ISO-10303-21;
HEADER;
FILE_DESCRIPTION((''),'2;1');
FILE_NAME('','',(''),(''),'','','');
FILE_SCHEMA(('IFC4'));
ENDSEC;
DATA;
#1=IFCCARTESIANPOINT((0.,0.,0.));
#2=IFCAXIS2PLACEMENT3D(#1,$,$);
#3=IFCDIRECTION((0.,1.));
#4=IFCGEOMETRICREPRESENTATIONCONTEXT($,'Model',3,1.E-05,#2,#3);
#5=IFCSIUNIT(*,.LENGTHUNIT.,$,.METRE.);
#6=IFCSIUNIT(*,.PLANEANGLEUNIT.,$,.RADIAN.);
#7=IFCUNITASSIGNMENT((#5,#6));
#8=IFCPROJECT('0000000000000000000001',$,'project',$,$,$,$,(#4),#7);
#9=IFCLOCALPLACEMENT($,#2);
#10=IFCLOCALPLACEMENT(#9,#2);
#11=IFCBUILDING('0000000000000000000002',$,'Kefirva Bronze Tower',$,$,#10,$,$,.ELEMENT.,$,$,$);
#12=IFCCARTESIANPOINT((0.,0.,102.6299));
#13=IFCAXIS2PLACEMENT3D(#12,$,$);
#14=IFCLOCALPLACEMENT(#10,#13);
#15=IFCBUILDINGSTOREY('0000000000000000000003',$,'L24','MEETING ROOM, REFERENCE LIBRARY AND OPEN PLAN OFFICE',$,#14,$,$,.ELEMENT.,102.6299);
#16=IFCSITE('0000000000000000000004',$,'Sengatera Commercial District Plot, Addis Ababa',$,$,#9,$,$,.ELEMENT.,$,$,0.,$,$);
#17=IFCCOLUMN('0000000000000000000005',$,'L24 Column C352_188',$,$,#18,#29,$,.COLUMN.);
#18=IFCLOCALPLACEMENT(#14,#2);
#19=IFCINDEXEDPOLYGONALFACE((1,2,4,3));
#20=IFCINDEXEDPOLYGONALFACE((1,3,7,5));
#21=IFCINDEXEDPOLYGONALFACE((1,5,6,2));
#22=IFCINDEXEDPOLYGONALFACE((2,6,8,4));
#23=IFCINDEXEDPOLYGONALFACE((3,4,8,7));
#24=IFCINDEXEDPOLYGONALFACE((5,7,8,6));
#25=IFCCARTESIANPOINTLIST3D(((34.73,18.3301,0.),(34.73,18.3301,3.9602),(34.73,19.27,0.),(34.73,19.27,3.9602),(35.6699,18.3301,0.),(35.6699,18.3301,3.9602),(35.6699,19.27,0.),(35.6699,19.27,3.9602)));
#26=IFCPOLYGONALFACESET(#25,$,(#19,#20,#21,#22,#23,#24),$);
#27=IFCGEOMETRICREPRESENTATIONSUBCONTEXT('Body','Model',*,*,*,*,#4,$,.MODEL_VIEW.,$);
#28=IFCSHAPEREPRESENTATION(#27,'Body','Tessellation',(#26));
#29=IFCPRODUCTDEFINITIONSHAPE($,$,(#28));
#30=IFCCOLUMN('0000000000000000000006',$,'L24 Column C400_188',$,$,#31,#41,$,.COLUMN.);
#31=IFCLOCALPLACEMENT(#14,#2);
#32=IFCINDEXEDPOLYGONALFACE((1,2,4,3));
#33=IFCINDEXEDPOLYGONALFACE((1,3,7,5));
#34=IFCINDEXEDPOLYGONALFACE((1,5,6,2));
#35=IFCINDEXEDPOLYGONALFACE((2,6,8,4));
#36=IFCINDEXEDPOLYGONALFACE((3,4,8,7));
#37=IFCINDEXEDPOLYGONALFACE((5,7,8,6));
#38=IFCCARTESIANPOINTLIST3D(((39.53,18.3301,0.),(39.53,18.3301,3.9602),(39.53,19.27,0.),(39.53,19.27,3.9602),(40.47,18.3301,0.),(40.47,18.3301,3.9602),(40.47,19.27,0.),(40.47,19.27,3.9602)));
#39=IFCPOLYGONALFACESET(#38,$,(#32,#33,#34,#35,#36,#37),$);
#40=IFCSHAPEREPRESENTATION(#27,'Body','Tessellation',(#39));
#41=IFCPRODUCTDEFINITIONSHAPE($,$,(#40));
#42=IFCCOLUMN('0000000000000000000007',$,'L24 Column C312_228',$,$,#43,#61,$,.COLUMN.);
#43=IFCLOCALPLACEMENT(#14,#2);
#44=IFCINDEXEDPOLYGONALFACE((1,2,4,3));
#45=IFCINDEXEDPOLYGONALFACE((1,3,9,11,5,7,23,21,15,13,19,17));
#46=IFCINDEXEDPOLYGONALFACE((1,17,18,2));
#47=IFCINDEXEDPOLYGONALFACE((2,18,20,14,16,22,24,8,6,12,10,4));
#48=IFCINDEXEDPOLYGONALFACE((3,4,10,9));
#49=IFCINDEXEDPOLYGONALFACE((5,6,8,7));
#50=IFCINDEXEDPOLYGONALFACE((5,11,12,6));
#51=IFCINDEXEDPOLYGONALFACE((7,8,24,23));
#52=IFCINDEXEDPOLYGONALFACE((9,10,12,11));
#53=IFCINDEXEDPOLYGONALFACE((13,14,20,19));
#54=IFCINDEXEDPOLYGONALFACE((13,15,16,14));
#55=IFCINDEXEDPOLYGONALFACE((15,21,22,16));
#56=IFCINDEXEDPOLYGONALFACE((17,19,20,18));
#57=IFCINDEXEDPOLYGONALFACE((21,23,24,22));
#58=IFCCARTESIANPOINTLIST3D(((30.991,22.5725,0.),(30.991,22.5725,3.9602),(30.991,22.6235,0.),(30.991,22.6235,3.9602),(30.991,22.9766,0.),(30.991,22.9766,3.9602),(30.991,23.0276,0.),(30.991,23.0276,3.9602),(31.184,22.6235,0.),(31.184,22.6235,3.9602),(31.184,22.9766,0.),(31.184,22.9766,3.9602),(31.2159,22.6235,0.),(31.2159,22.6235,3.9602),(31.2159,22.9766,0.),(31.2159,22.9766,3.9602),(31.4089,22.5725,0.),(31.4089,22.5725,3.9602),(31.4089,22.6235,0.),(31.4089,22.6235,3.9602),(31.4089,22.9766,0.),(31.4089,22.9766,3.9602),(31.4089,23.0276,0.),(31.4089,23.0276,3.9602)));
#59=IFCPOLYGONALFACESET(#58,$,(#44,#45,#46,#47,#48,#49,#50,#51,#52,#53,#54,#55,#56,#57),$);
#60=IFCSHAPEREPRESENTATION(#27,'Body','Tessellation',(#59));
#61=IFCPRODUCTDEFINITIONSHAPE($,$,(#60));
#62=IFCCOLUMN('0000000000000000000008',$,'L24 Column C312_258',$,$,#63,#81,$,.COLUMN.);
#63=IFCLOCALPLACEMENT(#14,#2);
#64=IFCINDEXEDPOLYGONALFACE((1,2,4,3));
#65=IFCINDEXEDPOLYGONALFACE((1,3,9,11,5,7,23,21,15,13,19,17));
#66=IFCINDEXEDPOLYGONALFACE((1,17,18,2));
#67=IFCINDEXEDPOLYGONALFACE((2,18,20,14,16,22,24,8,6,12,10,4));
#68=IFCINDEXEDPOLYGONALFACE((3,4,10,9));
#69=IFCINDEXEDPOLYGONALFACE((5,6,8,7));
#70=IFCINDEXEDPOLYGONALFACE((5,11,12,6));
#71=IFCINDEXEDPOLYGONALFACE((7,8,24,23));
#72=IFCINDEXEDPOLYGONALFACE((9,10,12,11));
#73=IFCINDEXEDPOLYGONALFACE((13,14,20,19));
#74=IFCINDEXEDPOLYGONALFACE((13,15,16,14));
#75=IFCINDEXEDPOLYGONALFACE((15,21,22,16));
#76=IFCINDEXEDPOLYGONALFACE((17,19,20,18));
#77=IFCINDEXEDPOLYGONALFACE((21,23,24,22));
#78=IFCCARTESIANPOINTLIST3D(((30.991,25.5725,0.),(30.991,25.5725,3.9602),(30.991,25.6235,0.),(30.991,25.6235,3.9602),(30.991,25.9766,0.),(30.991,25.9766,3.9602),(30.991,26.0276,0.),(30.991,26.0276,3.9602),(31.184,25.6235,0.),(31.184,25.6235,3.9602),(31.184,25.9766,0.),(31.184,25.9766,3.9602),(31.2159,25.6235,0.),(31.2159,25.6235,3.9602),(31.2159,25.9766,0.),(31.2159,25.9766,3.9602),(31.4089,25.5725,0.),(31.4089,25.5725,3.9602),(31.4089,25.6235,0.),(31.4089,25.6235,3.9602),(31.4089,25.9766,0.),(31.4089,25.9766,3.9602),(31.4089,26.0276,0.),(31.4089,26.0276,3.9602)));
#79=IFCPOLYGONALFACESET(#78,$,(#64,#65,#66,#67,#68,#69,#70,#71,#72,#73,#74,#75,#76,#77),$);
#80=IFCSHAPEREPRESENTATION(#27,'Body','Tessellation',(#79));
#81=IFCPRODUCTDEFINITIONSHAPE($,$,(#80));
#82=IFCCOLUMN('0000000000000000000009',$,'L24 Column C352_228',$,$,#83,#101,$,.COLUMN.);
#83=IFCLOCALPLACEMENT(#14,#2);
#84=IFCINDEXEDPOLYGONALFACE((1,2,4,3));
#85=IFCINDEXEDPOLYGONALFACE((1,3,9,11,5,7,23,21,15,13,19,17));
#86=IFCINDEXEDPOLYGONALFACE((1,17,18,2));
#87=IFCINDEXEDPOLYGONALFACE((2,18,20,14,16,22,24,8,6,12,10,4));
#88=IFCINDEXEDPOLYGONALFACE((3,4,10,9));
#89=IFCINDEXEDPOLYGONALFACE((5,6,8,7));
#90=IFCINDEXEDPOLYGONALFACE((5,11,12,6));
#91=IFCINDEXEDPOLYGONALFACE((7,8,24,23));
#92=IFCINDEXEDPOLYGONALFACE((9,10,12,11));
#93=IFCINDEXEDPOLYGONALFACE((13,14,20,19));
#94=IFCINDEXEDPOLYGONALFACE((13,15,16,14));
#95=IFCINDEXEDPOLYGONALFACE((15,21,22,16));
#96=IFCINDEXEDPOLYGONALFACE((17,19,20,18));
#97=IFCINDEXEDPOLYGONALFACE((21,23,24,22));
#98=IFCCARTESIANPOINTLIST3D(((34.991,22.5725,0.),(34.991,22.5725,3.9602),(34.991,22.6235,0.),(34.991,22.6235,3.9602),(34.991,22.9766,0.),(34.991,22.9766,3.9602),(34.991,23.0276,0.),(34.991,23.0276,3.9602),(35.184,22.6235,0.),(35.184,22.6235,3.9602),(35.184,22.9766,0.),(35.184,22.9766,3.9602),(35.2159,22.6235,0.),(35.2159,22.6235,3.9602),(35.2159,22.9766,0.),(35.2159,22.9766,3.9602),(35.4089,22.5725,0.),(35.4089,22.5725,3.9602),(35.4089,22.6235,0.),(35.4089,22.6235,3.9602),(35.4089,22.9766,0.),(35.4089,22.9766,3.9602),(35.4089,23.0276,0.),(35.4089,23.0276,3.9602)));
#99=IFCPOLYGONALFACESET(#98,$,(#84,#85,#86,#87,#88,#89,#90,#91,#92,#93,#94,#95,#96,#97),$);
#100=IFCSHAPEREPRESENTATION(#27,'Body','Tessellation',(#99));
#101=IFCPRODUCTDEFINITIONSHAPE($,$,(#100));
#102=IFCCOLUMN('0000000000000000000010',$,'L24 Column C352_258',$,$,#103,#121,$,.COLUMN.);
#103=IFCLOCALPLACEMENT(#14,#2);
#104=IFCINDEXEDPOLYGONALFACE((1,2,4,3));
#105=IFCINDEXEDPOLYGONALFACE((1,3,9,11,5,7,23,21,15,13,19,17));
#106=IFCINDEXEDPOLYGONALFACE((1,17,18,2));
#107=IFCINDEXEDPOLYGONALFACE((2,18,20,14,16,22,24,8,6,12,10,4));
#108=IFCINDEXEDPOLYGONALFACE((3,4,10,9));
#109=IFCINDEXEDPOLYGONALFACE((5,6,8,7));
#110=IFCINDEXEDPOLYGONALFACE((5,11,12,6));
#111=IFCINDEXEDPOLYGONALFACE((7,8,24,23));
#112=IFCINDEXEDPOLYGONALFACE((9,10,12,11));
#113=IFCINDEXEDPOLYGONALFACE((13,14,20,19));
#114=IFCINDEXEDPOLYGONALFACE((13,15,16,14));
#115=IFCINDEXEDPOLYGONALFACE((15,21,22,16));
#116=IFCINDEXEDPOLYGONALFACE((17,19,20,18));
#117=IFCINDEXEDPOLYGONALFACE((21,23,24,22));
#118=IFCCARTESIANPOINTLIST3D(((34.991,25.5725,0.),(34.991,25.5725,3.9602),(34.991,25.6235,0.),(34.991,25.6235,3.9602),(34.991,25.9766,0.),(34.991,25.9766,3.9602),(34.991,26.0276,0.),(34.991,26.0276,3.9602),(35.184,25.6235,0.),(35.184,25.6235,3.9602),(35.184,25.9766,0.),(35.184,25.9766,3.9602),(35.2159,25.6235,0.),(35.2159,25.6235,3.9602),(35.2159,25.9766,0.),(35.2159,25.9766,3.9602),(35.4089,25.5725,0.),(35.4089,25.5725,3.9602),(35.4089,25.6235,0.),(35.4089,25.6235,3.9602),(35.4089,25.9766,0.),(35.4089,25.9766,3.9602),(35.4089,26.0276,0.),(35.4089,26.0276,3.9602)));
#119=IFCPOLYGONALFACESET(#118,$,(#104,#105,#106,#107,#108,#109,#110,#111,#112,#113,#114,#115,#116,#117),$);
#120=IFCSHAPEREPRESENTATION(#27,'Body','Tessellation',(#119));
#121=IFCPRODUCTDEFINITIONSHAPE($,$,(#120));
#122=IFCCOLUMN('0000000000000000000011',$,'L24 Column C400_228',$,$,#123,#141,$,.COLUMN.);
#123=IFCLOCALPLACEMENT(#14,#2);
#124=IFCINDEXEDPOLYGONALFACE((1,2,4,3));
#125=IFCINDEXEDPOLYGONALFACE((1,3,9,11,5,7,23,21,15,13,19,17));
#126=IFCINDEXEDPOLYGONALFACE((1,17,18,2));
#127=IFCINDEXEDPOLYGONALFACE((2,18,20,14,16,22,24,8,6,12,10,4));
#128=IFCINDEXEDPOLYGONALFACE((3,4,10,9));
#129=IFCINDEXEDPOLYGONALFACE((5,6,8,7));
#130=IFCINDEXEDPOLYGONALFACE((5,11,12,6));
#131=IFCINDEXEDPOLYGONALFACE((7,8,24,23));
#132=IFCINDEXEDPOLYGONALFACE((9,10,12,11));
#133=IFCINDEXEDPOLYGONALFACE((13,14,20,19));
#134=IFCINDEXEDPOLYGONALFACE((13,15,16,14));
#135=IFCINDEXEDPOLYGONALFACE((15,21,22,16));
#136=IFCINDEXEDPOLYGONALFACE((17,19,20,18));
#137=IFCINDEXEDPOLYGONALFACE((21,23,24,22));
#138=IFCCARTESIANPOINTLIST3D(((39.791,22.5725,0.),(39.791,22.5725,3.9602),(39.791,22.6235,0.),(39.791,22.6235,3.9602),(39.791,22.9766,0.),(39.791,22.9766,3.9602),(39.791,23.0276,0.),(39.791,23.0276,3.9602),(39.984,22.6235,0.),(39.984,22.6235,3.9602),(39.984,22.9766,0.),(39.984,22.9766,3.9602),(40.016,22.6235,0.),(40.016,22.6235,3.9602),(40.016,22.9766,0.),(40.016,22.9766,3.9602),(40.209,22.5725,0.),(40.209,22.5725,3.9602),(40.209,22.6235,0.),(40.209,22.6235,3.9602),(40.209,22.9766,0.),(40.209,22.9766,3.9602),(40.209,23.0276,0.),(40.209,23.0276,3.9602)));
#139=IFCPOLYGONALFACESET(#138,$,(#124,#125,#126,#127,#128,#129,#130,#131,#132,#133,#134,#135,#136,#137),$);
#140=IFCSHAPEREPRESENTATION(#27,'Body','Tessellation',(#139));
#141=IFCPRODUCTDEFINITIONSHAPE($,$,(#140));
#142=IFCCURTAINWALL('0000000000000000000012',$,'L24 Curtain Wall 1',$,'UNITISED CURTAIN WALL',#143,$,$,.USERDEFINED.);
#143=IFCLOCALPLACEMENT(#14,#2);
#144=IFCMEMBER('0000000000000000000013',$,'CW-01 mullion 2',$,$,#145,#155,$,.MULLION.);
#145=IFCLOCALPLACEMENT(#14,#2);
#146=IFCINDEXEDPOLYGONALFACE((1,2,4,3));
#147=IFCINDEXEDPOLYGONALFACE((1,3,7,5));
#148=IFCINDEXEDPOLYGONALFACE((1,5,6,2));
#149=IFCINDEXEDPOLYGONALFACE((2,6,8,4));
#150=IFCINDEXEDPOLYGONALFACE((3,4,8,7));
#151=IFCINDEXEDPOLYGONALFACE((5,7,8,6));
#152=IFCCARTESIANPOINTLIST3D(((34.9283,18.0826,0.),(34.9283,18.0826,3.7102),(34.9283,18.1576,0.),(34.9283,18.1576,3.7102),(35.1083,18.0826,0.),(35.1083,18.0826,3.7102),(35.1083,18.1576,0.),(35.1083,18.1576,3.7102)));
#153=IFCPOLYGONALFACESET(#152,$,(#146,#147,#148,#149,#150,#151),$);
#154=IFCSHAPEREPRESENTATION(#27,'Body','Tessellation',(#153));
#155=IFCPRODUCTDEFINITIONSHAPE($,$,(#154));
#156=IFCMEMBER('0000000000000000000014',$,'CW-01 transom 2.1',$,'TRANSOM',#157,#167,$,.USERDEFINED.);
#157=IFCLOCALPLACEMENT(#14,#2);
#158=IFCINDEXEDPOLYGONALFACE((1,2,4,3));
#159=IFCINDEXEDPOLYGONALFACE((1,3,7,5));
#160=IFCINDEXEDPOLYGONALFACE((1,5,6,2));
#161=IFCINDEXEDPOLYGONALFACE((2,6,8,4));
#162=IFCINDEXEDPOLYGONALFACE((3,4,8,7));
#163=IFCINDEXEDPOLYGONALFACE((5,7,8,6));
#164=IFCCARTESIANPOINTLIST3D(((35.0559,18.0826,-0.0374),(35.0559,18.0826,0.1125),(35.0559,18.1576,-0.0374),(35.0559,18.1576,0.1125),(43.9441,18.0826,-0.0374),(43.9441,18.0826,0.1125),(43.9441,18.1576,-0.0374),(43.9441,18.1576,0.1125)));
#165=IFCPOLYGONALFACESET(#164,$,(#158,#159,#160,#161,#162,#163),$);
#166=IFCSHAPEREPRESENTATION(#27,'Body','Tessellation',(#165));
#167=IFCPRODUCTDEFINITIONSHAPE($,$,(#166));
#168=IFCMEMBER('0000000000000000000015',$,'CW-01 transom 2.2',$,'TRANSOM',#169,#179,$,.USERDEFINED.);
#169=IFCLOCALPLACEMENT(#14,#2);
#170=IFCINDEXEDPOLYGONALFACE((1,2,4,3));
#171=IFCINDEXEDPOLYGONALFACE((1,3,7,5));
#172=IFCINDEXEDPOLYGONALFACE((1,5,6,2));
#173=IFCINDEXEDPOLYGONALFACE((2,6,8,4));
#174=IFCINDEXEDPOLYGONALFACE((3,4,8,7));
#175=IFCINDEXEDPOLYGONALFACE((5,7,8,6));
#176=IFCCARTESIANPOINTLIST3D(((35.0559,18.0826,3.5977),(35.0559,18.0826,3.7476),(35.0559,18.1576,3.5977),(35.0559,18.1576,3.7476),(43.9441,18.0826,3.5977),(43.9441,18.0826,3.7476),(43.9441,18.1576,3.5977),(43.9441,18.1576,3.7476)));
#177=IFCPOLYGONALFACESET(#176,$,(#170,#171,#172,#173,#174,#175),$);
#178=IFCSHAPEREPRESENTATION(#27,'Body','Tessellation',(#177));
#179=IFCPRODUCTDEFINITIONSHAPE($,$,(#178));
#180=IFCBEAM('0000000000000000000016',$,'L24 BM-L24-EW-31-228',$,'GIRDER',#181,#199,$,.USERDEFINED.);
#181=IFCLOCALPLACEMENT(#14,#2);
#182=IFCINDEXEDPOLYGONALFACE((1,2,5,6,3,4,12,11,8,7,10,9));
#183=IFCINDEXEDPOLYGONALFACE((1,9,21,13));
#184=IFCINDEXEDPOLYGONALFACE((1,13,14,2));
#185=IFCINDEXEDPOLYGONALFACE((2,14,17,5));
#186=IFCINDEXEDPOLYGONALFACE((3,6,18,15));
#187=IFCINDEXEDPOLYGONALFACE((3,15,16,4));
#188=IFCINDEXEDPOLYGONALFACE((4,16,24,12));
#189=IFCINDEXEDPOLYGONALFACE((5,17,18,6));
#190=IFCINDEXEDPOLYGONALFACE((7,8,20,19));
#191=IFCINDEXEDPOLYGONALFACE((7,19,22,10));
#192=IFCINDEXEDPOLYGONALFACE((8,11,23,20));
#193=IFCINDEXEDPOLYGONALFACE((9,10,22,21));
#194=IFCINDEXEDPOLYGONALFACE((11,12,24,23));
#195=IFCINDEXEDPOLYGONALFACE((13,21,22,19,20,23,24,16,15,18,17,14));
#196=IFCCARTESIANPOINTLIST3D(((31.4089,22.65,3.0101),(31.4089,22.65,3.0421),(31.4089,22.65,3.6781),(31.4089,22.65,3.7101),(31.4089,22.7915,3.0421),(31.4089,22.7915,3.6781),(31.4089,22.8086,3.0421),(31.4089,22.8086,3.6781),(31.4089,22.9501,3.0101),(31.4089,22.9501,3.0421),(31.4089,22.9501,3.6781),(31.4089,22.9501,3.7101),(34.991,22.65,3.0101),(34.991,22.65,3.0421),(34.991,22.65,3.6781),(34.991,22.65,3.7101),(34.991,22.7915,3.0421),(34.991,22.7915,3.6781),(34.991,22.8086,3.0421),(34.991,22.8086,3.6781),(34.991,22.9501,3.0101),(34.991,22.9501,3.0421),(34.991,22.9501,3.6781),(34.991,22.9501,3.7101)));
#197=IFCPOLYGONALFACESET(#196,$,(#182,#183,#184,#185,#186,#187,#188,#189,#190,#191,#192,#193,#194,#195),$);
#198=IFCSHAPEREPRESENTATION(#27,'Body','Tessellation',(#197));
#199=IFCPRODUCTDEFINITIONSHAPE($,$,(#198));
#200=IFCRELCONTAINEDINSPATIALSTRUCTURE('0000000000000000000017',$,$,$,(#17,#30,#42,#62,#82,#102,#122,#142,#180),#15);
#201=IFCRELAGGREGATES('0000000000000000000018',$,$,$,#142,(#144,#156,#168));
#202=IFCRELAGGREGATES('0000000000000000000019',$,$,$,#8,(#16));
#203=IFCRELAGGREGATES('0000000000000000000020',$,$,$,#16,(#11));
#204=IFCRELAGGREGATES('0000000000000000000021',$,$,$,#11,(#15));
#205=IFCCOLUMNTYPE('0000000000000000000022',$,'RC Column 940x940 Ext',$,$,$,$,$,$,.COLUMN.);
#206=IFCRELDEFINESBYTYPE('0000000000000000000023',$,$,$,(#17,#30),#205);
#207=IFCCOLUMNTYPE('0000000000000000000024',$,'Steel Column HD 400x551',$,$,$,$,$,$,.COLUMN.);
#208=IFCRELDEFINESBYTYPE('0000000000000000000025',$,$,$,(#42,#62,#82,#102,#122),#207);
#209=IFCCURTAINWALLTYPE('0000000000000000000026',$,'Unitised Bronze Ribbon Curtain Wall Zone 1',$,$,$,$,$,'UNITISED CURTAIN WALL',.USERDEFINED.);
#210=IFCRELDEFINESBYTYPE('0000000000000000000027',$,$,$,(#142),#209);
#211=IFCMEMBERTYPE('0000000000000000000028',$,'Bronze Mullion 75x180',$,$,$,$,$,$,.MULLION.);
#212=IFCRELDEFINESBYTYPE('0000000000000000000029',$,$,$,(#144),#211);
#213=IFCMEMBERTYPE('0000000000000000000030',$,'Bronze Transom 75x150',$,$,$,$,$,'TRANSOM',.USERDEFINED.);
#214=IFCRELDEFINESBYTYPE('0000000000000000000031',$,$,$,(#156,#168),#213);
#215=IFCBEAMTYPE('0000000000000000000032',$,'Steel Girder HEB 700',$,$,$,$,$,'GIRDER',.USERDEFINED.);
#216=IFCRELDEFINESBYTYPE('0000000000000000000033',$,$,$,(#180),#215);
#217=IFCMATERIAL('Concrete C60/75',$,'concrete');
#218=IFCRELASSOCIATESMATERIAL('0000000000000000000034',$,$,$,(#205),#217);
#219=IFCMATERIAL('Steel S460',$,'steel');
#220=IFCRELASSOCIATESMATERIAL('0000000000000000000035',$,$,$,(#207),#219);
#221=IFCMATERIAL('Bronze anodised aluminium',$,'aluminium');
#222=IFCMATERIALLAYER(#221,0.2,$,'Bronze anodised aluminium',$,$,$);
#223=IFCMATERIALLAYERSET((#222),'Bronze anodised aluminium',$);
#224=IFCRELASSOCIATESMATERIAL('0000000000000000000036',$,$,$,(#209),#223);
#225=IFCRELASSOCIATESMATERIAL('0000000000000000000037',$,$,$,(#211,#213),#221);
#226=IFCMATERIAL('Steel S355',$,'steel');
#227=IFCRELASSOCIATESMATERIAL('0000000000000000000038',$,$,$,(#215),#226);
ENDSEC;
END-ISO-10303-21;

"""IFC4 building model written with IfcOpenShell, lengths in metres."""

from ifc_helpers import new_model, si_unit, direction, frame, origin, origin_2d, place, context, subcontext, project, spatial, rectangle, i_section, extrude, material, layer, layer_set, material_profile, profile_set, type_object, element, aggregate, save


model = new_model("IFC4")

# Units and contexts
model_context = context("Model", 3, precision=1e-05, world=origin(), true_north=direction((0.0, 1.0)))
body_context = subcontext(model_context, "Body", "Model", "MODEL_VIEW")
ifc_project = project(units=[si_unit("LENGTHUNIT", "METRE"), si_unit("PLANEANGLEUNIT", "RADIAN")], contexts=[model_context])

# Site, building, storey
site_placement = place(None, origin())
site = spatial("IfcSite", under=ifc_project, at=site_placement, Name="Sengatera Commercial District Plot, Addis Ababa", CompositionType="ELEMENT", RefElevation=0.0)
building_placement = place(site_placement, origin())
building = spatial("IfcBuilding", under=site, at=building_placement, Name="Kefirva Bronze Tower", CompositionType="ELEMENT")
storey_placement = place(building_placement, frame((0.0, 0.0, 102.6299)))
storey = spatial("IfcBuildingStorey", under=building, at=storey_placement, Name="L24", Description="MEETING ROOM, REFERENCE LIBRARY AND OPEN PLAN OFFICE", CompositionType="ELEMENT", Elevation=102.6299)

# Columns
ifc_material_1 = material(Name="Concrete C60/75", Category="concrete")
ifc_material_profile_1 = material_profile(ifc_material_1, rectangle(XDim=0.9399, YDim=0.9399, at=origin_2d()), Name="RC 940x940")
ifc_profile_set_1 = profile_set([ifc_material_profile_1], Name="Concrete C60/75")
column_type_1 = type_object("IfcColumnType", Name="RC Column 940x940 Ext", PredefinedType="COLUMN", material=ifc_profile_set_1)
for number, where, z_axis, x_axis, name in (
    (1, (35.2, 18.8, 0.0), (0.0, 0.0, 1.0), (1.0, 0.0, 0.0), "L24 Column C352_188"),
    (2, (40.0, 18.8, 0.0), (0.0, 0.0, 1.0), (1.0, 0.0, 0.0), "L24 Column C400_188"),
):
    element("IfcColumn", number, at=place(storey_placement, frame(where, z_axis=z_axis, x_axis=x_axis)), inside=storey, type_object=column_type_1, Name=name, PredefinedType="COLUMN", context=body_context, shape_type="SweptSolid", body=[
        extrude(rectangle(XDim=0.9399, YDim=0.9399, at=origin_2d()), origin(), (0.0, 0.0, 1.0), 3.9602),
    ])
ifc_material_2 = material(Name="Steel S460", Category="steel")
ifc_material_profile_2 = material_profile(ifc_material_2, i_section(OverallWidth=0.418, OverallDepth=0.4551, WebThickness=0.032, FlangeThickness=0.051, at=origin_2d()), Name="HD 400x551")
ifc_profile_set_2 = profile_set([ifc_material_profile_2], Name="Steel S460")
column_type_2 = type_object("IfcColumnType", Name="Steel Column HD 400x551", PredefinedType="COLUMN", material=ifc_profile_set_2)
for number, where, z_axis, x_axis, name in (
    (3, (31.2, 22.8, 0.0), (0.0, 0.0, 1.0), (1.0, 0.0, 0.0), "L24 Column C312_228"),
    (4, (31.2, 25.8, 0.0), (0.0, 0.0, 1.0), (1.0, 0.0, 0.0), "L24 Column C312_258"),
    (5, (35.2, 22.8, 0.0), (0.0, 0.0, 1.0), (1.0, 0.0, 0.0), "L24 Column C352_228"),
    (6, (35.2, 25.8, 0.0), (0.0, 0.0, 1.0), (1.0, 0.0, 0.0), "L24 Column C352_258"),
    (7, (40.0, 22.8, 0.0), (0.0, 0.0, 1.0), (1.0, 0.0, 0.0), "L24 Column C400_228"),
):
    element("IfcColumn", number, at=place(storey_placement, frame(where, z_axis=z_axis, x_axis=x_axis)), inside=storey, type_object=column_type_2, Name=name, PredefinedType="COLUMN", context=body_context, shape_type="SweptSolid", body=[
        extrude(i_section(OverallWidth=0.418, OverallDepth=0.4551, WebThickness=0.032, FlangeThickness=0.051, at=origin_2d()), origin(), (0.0, 0.0, 1.0), 3.9602),
    ])

# Curtain wall, members
ifc_material_3 = material(Name="Bronze anodised aluminium", Category="aluminium")
ifc_layer_1 = layer(ifc_material_3, 0.2, Name="Bronze anodised aluminium")
ifc_layer_set_1 = layer_set([ifc_layer_1], Name="Bronze anodised aluminium")
curtain_wall_type = type_object("IfcCurtainWallType", Name="Unitised Bronze Ribbon Curtain Wall Zone 1", ElementType="UNITISED CURTAIN WALL", PredefinedType="USERDEFINED", material=ifc_layer_set_1)
curtain_wall_placement = place(storey_placement, origin())
curtain_wall = element("IfcCurtainWall", 8, at=curtain_wall_placement, inside=storey, type_object=curtain_wall_type, Name="L24 Curtain Wall 1", ObjectType="UNITISED CURTAIN WALL", PredefinedType="USERDEFINED")
ifc_material_profile_3 = material_profile(ifc_material_3, rectangle(XDim=0.075, YDim=0.1799, at=origin_2d()), Name="ALU 75x180")
ifc_profile_set_3 = profile_set([ifc_material_profile_3], Name="Bronze anodised aluminium")
member_type_1 = type_object("IfcMemberType", Name="Bronze Mullion 75x180", PredefinedType="MULLION", material=ifc_profile_set_3)
member_1_placement = place(storey_placement, frame((35.0183, 18.1201, 0.0), z_axis=(0.0, 0.0, 1.0), x_axis=(0.0, 1.0, 0.0)))
member_1 = element("IfcMember", 9, at=member_1_placement, type_object=member_type_1, Name="CW-01 mullion 2", PredefinedType="MULLION", context=body_context, shape_type="SweptSolid", body=[
    extrude(rectangle(XDim=0.075, YDim=0.1799, at=origin_2d()), origin(), (0.0, 0.0, 1.0), 3.7102),
])
ifc_material_profile_4 = material_profile(ifc_material_3, rectangle(XDim=0.075, YDim=0.1499, at=origin_2d()), Name="ALU 75x150")
ifc_profile_set_4 = profile_set([ifc_material_profile_4], Name="Bronze anodised aluminium")
member_type_2 = type_object("IfcMemberType", Name="Bronze Transom 75x150", ElementType="TRANSOM", PredefinedType="USERDEFINED", material=ifc_profile_set_4)
member_2_placement = place(storey_placement, frame((35.0559, 18.1201, 0.0376), z_axis=(1.0, 0.0, 0.0), x_axis=(0.0, 1.0, 0.0)))
member_2 = element("IfcMember", 10, at=member_2_placement, type_object=member_type_2, Name="CW-01 transom 2.1", ObjectType="TRANSOM", PredefinedType="USERDEFINED", context=body_context, shape_type="SweptSolid", body=[
    extrude(rectangle(XDim=0.075, YDim=0.1499, at=origin_2d()), origin(), (0.0, 0.0, 1.0), 8.8882),
])
member_3_placement = place(storey_placement, frame((35.0559, 18.1201, 3.6726), z_axis=(1.0, 0.0, 0.0), x_axis=(0.0, 1.0, 0.0)))
member_3 = element("IfcMember", 11, at=member_3_placement, type_object=member_type_2, Name="CW-01 transom 2.2", ObjectType="TRANSOM", PredefinedType="USERDEFINED", context=body_context, shape_type="SweptSolid", body=[
    extrude(rectangle(XDim=0.075, YDim=0.1499, at=origin_2d()), origin(), (0.0, 0.0, 1.0), 8.8882),
])

# Beam
ifc_material_4 = material(Name="Steel S355", Category="steel")
ifc_material_profile_5 = material_profile(ifc_material_4, i_section(OverallWidth=0.3, OverallDepth=0.7, WebThickness=0.0171, FlangeThickness=0.032, at=origin_2d()), Name="HEB 700")
ifc_profile_set_5 = profile_set([ifc_material_profile_5], Name="Steel S355")
beam_type_1 = type_object("IfcBeamType", Name="Steel Girder HEB 700", ElementType="GIRDER", PredefinedType="USERDEFINED", material=ifc_profile_set_5)
beam_1_placement = place(storey_placement, frame((31.4089, 22.8, 3.3601), z_axis=(1.0, 0.0, 0.0), x_axis=(0.0, 1.0, 0.0)))
element("IfcBeam", 12, at=beam_1_placement, inside=storey, type_object=beam_type_1, Name="L24 BM-L24-EW-31-228", ObjectType="GIRDER", PredefinedType="USERDEFINED", context=body_context, shape_type="SweptSolid", body=[
    extrude(i_section(OverallWidth=0.3, OverallDepth=0.7, WebThickness=0.0171, FlangeThickness=0.032, at=origin_2d()), origin(), (0.0, 0.0, 1.0), 3.582),
])

aggregate(curtain_wall, [member_1, member_2, member_3])

save(model, "model.ifc")
